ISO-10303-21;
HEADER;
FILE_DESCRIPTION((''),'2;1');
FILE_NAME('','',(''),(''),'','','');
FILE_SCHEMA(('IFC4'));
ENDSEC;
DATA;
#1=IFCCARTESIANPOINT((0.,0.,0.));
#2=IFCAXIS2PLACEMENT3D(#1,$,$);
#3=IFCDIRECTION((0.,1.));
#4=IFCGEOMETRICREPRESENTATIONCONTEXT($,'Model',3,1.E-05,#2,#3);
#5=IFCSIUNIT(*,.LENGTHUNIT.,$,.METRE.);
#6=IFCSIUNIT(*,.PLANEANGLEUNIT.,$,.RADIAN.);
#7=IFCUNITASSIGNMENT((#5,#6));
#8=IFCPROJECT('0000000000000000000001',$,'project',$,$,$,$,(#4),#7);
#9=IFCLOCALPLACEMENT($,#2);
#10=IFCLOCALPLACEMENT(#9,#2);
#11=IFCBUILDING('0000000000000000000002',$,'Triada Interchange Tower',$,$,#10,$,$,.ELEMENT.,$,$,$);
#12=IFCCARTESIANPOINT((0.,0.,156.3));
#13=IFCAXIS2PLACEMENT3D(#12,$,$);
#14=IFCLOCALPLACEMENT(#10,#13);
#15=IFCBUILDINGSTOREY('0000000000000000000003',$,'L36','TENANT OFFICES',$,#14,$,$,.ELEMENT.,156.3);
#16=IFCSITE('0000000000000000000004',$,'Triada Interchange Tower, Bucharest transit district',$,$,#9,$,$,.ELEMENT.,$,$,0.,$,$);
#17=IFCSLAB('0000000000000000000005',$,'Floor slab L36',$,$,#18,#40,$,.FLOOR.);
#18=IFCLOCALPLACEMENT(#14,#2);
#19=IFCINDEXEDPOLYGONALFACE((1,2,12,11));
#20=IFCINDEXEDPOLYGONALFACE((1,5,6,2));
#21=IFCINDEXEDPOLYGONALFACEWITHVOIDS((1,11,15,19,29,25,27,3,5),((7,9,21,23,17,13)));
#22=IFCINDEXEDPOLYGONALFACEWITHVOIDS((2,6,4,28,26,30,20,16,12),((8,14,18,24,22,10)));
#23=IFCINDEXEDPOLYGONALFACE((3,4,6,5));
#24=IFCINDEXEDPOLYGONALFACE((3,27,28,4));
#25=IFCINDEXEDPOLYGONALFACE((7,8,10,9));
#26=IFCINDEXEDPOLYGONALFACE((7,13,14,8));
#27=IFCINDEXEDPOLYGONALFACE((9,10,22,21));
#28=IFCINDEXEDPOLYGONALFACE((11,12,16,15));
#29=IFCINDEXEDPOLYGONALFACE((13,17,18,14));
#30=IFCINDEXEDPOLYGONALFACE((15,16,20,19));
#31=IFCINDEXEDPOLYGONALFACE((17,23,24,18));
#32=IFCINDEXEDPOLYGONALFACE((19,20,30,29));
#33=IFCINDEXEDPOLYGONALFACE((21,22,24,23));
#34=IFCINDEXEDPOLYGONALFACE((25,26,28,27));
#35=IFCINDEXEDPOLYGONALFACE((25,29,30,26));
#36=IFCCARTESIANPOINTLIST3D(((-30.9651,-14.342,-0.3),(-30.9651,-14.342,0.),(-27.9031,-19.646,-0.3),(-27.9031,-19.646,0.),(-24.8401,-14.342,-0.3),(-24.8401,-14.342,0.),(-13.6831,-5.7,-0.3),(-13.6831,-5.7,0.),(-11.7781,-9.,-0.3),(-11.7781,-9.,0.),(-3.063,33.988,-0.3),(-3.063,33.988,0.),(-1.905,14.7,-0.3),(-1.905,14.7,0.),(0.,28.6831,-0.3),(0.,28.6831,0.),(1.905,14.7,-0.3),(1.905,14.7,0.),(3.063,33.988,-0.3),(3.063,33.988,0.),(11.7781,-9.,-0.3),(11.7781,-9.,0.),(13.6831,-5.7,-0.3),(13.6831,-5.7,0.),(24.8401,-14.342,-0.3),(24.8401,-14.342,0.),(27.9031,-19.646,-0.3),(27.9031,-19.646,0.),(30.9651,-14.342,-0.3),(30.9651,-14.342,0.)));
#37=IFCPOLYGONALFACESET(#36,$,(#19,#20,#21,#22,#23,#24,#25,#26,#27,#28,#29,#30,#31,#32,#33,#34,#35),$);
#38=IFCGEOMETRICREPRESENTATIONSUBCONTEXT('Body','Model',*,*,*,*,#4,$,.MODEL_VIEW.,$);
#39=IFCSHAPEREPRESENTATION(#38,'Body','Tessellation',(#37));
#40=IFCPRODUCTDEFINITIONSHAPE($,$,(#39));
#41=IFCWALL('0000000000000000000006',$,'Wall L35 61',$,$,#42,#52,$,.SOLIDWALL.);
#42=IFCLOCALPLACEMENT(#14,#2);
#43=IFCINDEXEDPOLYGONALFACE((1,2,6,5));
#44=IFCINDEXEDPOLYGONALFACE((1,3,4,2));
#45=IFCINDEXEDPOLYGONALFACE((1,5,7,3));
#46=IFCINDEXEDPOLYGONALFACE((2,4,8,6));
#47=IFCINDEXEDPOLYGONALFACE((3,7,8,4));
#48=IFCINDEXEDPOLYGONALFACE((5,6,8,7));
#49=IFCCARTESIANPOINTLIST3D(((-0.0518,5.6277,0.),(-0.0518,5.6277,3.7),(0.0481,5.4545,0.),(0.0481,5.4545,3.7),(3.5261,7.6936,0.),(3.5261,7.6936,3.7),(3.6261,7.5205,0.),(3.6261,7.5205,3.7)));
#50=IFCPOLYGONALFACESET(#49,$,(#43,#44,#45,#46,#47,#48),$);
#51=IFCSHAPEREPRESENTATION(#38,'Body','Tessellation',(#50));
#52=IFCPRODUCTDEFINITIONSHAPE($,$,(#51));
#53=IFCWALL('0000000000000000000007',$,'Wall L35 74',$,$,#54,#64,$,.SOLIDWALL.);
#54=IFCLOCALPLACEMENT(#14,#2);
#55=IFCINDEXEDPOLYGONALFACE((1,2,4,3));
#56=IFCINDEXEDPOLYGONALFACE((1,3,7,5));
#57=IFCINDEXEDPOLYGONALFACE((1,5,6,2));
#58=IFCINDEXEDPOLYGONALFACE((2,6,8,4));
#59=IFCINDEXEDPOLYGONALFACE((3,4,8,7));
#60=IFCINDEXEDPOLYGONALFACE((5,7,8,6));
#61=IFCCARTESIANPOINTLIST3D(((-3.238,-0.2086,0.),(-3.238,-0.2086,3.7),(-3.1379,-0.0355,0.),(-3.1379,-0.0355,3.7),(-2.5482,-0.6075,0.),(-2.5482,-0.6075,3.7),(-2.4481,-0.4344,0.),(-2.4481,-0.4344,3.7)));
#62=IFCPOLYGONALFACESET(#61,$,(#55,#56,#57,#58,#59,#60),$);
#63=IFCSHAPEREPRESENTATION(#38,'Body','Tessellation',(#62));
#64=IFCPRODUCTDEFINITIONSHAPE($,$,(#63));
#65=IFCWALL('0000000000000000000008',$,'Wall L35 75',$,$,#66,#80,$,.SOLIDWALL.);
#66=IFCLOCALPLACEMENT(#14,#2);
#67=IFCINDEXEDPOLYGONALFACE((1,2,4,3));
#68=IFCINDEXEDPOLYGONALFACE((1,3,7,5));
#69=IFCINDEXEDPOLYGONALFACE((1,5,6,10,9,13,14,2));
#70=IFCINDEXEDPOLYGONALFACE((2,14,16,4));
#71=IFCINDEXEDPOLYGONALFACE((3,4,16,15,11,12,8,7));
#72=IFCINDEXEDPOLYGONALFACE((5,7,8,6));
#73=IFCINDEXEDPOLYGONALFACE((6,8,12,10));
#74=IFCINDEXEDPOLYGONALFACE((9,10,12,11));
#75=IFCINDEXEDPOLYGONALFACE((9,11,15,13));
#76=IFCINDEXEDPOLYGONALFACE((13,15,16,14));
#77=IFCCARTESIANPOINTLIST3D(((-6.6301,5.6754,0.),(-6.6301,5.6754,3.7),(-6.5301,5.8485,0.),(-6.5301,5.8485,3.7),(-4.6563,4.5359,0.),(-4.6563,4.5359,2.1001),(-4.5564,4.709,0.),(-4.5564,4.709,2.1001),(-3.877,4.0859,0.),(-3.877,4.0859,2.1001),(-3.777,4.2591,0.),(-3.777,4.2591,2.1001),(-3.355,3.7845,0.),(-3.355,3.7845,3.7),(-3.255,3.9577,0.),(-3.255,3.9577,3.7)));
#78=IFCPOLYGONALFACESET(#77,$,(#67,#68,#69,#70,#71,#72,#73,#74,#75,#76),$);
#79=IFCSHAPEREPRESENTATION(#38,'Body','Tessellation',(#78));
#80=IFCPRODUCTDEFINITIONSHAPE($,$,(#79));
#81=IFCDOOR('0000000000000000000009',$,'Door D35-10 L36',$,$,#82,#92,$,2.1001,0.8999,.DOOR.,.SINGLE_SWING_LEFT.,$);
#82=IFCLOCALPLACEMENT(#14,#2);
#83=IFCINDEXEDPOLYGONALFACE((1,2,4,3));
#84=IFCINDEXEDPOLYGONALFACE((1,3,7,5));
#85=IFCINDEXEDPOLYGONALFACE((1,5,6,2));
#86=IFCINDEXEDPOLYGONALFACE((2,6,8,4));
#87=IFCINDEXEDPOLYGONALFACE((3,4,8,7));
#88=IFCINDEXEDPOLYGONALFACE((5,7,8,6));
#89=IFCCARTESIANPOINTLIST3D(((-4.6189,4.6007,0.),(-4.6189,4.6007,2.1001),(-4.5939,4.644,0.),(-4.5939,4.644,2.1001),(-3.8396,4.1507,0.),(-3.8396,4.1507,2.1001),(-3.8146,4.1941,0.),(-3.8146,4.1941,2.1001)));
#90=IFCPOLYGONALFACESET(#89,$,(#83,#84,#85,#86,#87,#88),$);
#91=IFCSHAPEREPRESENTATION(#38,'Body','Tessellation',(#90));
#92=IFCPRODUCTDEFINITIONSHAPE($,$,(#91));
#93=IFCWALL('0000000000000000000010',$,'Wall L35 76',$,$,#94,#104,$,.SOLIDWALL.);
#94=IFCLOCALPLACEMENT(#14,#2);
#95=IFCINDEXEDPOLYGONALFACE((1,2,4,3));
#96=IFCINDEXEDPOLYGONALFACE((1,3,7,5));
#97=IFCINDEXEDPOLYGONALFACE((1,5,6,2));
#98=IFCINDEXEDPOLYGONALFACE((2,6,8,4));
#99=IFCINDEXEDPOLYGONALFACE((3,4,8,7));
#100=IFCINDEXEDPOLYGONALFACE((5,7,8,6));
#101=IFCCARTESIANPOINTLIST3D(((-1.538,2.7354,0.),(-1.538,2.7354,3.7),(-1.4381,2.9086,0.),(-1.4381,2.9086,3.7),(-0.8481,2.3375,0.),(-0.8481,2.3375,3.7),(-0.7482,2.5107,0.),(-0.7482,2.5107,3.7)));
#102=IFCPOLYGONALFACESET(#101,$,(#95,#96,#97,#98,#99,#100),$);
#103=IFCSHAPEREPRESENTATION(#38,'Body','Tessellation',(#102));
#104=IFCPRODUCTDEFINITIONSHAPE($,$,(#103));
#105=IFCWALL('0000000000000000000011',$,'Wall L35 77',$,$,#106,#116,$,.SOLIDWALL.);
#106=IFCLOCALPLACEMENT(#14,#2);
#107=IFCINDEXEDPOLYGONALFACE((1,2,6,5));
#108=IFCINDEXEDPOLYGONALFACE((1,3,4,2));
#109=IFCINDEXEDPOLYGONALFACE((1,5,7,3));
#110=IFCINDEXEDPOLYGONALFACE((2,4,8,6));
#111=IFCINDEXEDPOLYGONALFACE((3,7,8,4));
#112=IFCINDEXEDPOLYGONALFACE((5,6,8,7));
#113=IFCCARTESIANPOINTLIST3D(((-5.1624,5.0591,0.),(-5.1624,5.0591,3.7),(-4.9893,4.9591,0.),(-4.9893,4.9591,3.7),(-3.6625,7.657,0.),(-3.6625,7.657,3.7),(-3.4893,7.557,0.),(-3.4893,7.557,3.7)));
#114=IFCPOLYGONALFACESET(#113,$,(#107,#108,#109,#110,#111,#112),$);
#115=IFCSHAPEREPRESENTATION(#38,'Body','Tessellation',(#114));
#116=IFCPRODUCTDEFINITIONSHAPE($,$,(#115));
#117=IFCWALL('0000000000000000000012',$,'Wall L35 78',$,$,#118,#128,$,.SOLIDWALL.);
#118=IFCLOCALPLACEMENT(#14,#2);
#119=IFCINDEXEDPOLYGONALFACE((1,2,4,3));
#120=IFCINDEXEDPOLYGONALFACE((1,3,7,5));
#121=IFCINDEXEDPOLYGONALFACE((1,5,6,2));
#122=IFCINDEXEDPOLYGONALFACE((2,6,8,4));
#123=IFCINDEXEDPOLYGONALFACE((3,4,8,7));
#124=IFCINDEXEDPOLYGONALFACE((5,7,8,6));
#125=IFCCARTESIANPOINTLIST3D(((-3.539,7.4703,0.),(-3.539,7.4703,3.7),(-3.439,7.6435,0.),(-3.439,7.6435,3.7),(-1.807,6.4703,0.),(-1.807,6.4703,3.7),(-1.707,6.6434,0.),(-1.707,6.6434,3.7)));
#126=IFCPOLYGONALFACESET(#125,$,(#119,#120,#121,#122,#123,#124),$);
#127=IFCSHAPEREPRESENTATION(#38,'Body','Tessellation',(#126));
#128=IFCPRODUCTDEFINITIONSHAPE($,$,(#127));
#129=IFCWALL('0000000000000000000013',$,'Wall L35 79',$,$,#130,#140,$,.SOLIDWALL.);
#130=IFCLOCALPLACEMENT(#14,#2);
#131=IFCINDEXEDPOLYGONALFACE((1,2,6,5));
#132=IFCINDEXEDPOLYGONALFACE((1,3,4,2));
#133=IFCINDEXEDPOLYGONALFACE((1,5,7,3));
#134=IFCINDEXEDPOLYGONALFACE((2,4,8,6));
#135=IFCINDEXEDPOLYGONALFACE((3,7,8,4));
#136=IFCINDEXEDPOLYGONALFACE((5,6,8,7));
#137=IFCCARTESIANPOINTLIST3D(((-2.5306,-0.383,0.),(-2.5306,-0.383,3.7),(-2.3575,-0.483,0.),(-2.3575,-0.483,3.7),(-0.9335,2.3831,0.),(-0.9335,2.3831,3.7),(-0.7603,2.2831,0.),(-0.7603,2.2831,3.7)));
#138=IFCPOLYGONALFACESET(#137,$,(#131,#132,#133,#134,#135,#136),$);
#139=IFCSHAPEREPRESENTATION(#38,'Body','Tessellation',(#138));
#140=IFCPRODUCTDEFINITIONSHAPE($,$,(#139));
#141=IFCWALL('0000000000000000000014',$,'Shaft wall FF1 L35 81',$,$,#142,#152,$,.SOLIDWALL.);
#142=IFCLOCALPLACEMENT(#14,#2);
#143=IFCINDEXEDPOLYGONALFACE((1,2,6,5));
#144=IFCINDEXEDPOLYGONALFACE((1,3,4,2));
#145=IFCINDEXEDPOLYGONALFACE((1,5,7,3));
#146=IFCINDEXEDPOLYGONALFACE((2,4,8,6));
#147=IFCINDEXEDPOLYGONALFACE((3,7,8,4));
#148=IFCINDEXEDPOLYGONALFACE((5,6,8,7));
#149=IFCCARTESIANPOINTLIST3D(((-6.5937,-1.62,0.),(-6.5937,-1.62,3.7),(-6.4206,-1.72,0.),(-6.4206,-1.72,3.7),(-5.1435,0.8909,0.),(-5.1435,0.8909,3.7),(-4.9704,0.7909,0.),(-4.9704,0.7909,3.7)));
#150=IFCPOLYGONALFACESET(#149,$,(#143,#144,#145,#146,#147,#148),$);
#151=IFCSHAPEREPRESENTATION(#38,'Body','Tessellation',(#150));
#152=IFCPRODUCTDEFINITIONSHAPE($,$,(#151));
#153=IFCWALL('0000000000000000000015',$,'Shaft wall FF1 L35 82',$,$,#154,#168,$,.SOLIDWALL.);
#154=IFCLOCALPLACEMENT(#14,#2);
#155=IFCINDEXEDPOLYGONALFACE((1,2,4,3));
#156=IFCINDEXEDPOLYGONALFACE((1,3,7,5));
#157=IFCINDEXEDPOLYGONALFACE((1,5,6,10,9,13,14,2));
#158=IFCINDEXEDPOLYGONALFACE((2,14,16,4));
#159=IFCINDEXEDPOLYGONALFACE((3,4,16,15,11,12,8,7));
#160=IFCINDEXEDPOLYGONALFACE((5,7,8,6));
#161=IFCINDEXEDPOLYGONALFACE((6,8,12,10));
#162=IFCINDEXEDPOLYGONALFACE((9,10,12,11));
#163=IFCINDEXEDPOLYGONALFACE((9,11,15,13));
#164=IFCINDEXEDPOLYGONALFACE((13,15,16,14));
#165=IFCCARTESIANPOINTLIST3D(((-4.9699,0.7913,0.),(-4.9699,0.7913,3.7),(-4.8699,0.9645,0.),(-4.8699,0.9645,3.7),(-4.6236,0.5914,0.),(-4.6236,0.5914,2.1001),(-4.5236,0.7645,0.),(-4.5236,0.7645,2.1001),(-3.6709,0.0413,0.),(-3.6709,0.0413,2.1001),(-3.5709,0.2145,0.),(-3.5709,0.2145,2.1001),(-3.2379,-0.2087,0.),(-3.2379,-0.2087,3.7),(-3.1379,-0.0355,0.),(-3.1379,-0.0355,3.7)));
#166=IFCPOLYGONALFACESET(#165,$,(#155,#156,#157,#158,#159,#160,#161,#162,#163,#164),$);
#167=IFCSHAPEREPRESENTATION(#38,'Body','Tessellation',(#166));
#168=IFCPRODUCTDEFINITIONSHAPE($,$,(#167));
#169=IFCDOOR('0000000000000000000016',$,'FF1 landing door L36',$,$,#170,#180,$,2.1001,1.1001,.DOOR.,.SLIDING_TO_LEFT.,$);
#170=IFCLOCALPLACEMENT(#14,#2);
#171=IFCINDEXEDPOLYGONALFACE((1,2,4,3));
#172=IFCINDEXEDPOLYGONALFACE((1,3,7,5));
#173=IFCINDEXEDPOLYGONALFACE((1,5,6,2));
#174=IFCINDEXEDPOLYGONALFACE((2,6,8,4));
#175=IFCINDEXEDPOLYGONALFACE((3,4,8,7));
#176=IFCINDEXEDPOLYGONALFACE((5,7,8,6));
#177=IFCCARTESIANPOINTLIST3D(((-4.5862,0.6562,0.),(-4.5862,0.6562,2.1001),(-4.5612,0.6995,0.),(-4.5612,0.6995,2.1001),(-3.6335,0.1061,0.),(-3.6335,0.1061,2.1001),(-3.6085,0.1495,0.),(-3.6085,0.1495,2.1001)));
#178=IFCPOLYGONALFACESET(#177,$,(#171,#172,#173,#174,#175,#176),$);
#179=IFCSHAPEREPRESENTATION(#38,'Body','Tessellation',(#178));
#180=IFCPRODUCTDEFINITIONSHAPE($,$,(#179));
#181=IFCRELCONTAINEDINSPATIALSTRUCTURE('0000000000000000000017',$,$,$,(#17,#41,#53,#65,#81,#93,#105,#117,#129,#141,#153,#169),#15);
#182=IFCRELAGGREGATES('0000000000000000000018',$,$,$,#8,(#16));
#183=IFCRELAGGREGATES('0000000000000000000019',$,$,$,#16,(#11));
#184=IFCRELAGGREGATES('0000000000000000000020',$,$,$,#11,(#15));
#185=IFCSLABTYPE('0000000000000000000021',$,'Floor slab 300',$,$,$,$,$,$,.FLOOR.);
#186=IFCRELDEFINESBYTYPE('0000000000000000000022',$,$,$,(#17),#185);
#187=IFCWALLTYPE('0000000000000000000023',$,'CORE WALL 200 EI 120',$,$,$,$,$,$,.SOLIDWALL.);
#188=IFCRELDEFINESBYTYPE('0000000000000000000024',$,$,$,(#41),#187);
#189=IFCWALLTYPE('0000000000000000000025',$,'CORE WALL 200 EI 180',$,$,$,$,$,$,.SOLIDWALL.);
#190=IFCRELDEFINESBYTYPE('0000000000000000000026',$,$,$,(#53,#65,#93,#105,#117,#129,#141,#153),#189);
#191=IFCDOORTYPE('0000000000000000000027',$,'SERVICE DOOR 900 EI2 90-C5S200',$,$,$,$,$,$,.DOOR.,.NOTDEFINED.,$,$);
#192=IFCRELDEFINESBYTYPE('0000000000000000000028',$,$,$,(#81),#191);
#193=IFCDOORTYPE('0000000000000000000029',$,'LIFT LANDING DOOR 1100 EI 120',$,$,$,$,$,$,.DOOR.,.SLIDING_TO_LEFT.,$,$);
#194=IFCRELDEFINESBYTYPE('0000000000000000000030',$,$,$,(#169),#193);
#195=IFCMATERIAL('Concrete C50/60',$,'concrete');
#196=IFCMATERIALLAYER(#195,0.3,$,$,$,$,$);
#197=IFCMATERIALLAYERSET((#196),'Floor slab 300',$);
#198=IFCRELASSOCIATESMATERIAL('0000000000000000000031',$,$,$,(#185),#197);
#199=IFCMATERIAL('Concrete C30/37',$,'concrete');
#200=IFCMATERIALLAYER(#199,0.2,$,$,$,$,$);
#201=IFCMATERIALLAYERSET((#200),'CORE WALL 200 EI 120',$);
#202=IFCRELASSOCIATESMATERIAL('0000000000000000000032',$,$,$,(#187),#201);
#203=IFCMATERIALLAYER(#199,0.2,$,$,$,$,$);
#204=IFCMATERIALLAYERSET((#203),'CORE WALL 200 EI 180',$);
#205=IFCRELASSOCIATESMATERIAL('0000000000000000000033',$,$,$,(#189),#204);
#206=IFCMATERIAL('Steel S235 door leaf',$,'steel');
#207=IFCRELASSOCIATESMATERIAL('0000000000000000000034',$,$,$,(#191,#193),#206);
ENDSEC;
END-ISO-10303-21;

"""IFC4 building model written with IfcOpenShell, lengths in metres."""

from ifc_helpers import new_model, si_unit, direction, frame, frame_2d, origin, place, context, subcontext, project, spatial, polyline, rectangle, outline, extrude, material, layer, layer_set, type_object, element, fill, save


model = new_model("IFC4")

# Units and contexts
model_context = context("Model", 3, precision=1e-05, world=origin(), true_north=direction((0.0, 1.0)))
body_context = subcontext(model_context, "Body", "Model", "MODEL_VIEW")
ifc_project = project(units=[si_unit("LENGTHUNIT", "METRE"), si_unit("PLANEANGLEUNIT", "RADIAN")], contexts=[model_context])

# Site, building, storey
site_placement = place(None, origin())
site = spatial("IfcSite", under=ifc_project, at=site_placement, Name="Triada Interchange Tower, Bucharest transit district", CompositionType="ELEMENT", RefElevation=0.0)
building_placement = place(site_placement, origin())
building = spatial("IfcBuilding", under=site, at=building_placement, Name="Triada Interchange Tower", CompositionType="ELEMENT")
storey_placement = place(building_placement, frame((0.0, 0.0, 156.3)))
storey = spatial("IfcBuildingStorey", under=building, at=storey_placement, Name="L36", Description="TENANT OFFICES", CompositionType="ELEMENT", Elevation=156.3)

# Slab
ifc_material_1 = material(Name="Concrete C50/60", Category="concrete")
ifc_layer_1 = layer(ifc_material_1, 0.3)
ifc_layer_set_1 = layer_set([ifc_layer_1], Name="Floor slab 300")
slab_type = type_object("IfcSlabType", Name="Floor slab 300", PredefinedType="FLOOR", material=ifc_layer_set_1)
slab_placement = place(storey_placement, frame((0.0, 0.0, -0.3)))
element("IfcSlab", 1, at=slab_placement, inside=storey, type_object=slab_type, Name="Floor slab L36", PredefinedType="FLOOR", context=body_context, shape_type="SweptSolid", body=[
    extrude(outline(polyline([(-3.063, 33.988), (-30.9651, -14.342), (-24.8401, -14.342), (-27.9031, -19.646), (27.9031, -19.646), (24.8401, -14.342), (30.9651, -14.342), (3.063, 33.988), (0.0, 28.6831), (-3.063, 33.988)]), holes=[polyline([(1.905, 14.7), (-1.905, 14.7), (-13.6831, -5.7), (-11.7781, -9.0), (11.7781, -9.0), (13.6831, -5.7), (1.905, 14.7)])]), origin(), (0.0, 0.0, 1.0), 0.3),
])

# Walls
ifc_material_2 = material(Name="Concrete C30/37", Category="concrete")
ifc_layer_2 = layer(ifc_material_2, 0.2)
ifc_layer_set_2 = layer_set([ifc_layer_2], Name="CORE WALL 200 EI 120")
wall_type_1 = type_object("IfcWallType", Name="CORE WALL 200 EI 120", PredefinedType="SOLIDWALL", material=ifc_layer_set_2)
wall_1_placement = place(storey_placement, frame((-0.002, 5.541, 0.0), z_axis=(0.0, 0.0, 1.0), x_axis=(0.866002, 0.500041, 0.0)))
element("IfcWall", 2, at=wall_1_placement, inside=storey, type_object=wall_type_1, Name="Wall L35 61", PredefinedType="SOLIDWALL", context=body_context, shape_type="SweptSolid", body=[
    extrude(rectangle(XDim=4.1316, YDim=0.2, at=frame_2d((2.0659, 0.0))), origin(), (0.0, 0.0, 1.0), 3.7),
])
ifc_layer_3 = layer(ifc_material_2, 0.2)
ifc_layer_set_3 = layer_set([ifc_layer_3], Name="CORE WALL 200 EI 180")
wall_type_2 = type_object("IfcWallType", Name="CORE WALL 200 EI 180", PredefinedType="SOLIDWALL", material=ifc_layer_set_3)
wall_2_placement = place(storey_placement, frame((-3.188, -0.1221, 0.0), z_axis=(0.0, 0.0, 1.0), x_axis=(0.865706, -0.500553, 0.0)))
element("IfcWall", 3, at=wall_2_placement, inside=storey, type_object=wall_type_2, Name="Wall L35 74", PredefinedType="SOLIDWALL", context=body_context, shape_type="SweptSolid", body=[
    extrude(rectangle(XDim=0.7969, YDim=0.2, at=frame_2d((0.3984, 0.0))), origin(), (0.0, 0.0, 1.0), 3.7),
])

# Wall, opening, door
wall_3_placement = place(storey_placement, frame((-6.5801, 5.762, 0.0), z_axis=(0.0, 0.0, 1.0), x_axis=(0.86603, -0.499993, 0.0)))
wall_3 = element("IfcWall", 4, at=wall_3_placement, inside=storey, type_object=wall_type_2, Name="Wall L35 75", PredefinedType="SOLIDWALL", context=body_context, shape_type="SweptSolid", body=[
    extrude(rectangle(XDim=3.7817, YDim=0.2, at=frame_2d((1.8909, 0.0))), origin(), (0.0, 0.0, 1.0), 3.7),
])
opening_1_placement = place(wall_3_placement, frame((2.2791, 0.0, 0.0)))
opening_1 = element("IfcOpeningElement", 5, at=opening_1_placement, cuts=wall_3, PredefinedType="OPENING", context=body_context, shape_type="SweptSolid", body=[
    extrude(rectangle(XDim=0.8999, YDim=2.1001, at=frame_2d((0.45, 1.05))), frame((0.0, 0.1099, 0.0), z_axis=(0.0, -1.0, 0.0), x_axis=(1.0, 0.0, 0.0)), (0.0, 0.0, 1.0), 0.22),
])
ifc_material_3 = material(Name="Steel S235 door leaf", Category="steel")
door_type_1 = type_object("IfcDoorType", Name="SERVICE DOOR 900 EI2 90-C5S200", OperationType="NOTDEFINED", PredefinedType="DOOR", material=ifc_material_3)
door_1_placement = place(opening_1_placement, origin())
door_1 = element("IfcDoor", 6, at=door_1_placement, inside=storey, type_object=door_type_1, Name="Door D35-10 L36", OperationType="SINGLE_SWING_LEFT", OverallHeight=2.1001, OverallWidth=0.8999, PredefinedType="DOOR", context=body_context, shape_type="SweptSolid", body=[
    extrude(rectangle(XDim=0.8999, YDim=2.1001, at=frame_2d((0.45, 1.05))), frame((0.0, 0.0249, 0.0), z_axis=(0.0, -1.0, 0.0), x_axis=(1.0, 0.0, 0.0)), (0.0, 0.0, 1.0), 0.05),
])
fill(opening_1, door_1)

# Walls
wall_4_placement = place(storey_placement, frame((-1.488, 2.822, 0.0), z_axis=(0.0, 0.0, 1.0), x_axis=(0.866237, -0.499634, 0.0)))
element("IfcWall", 7, at=wall_4_placement, inside=storey, type_object=wall_type_2, Name="Wall L35 76", PredefinedType="SOLIDWALL", context=body_context, shape_type="SweptSolid", body=[
    extrude(rectangle(XDim=0.7964, YDim=0.2, at=frame_2d((0.3982, 0.0))), origin(), (0.0, 0.0, 1.0), 3.7),
])
wall_5_placement = place(storey_placement, frame((-5.0759, 5.009, 0.0), z_axis=(0.0, 0.0, 1.0), x_axis=(0.500025, 0.866011, 0.0)))
element("IfcWall", 8, at=wall_5_placement, inside=storey, type_object=wall_type_2, Name="Wall L35 77", PredefinedType="SOLIDWALL", context=body_context, shape_type="SweptSolid", body=[
    extrude(rectangle(XDim=2.9998, YDim=0.2, at=frame_2d((1.5, 0.0))), origin(), (0.0, 0.0, 1.0), 3.7),
])
wall_6_placement = place(storey_placement, frame((-3.489, 7.5569, 0.0), z_axis=(0.0, 0.0, 1.0), x_axis=(0.866011, -0.500025, 0.0)))
element("IfcWall", 9, at=wall_6_placement, inside=storey, type_object=wall_type_2, Name="Wall L35 78", PredefinedType="SOLIDWALL", context=body_context, shape_type="SweptSolid", body=[
    extrude(rectangle(XDim=2.0, YDim=0.2, at=frame_2d((1.0, 0.0))), origin(), (0.0, 0.0, 1.0), 3.7),
])
wall_7_placement = place(storey_placement, frame((-2.4441, -0.4331, 0.0), z_axis=(0.0, 0.0, 1.0), x_axis=(0.500036, 0.866005, 0.0)))
element("IfcWall", 10, at=wall_7_placement, inside=storey, type_object=wall_type_2, Name="Wall L35 79", PredefinedType="SOLIDWALL", context=body_context, shape_type="SweptSolid", body=[
    extrude(rectangle(XDim=3.1941, YDim=0.2, at=frame_2d((1.5972, 0.0))), origin(), (0.0, 0.0, 1.0), 3.7),
])
wall_8_placement = place(storey_placement, frame((-6.5071, -1.6699, 0.0), z_axis=(0.0, 0.0, 1.0), x_axis=(0.500123, 0.865954, 0.0)))
element("IfcWall", 11, at=wall_8_placement, inside=storey, type_object=wall_type_2, Name="Shaft wall FF1 L35 81", PredefinedType="SOLIDWALL", context=body_context, shape_type="SweptSolid", body=[
    extrude(rectangle(XDim=2.8997, YDim=0.2, at=frame_2d((1.4497, 0.0))), origin(), (0.0, 0.0, 1.0), 3.7),
])

# Wall, opening, door
wall_9_placement = place(storey_placement, frame((-4.9199, 0.8779, 0.0), z_axis=(0.0, 0.0, 1.0), x_axis=(0.866011, -0.500025, 0.0)))
wall_9 = element("IfcWall", 12, at=wall_9_placement, inside=storey, type_object=wall_type_2, Name="Shaft wall FF1 L35 82", PredefinedType="SOLIDWALL", context=body_context, shape_type="SweptSolid", body=[
    extrude(rectangle(XDim=2.0, YDim=0.2, at=frame_2d((1.0, 0.0))), origin(), (0.0, 0.0, 1.0), 3.7),
])
opening_2_placement = place(wall_9_placement, frame((0.3999, 0.0, 0.0)))
opening_2 = element("IfcOpeningElement", 13, at=opening_2_placement, cuts=wall_9, PredefinedType="OPENING", context=body_context, shape_type="SweptSolid", body=[
    extrude(rectangle(XDim=1.1001, YDim=2.1001, at=frame_2d((0.55, 1.05))), frame((0.0, 0.1099, 0.0), z_axis=(0.0, -1.0, 0.0), x_axis=(1.0, 0.0, 0.0)), (0.0, 0.0, 1.0), 0.22),
])
door_type_2 = type_object("IfcDoorType", Name="LIFT LANDING DOOR 1100 EI 120", OperationType="SLIDING_TO_LEFT", PredefinedType="DOOR", material=ifc_material_3)
door_2_placement = place(opening_2_placement, origin())
door_2 = element("IfcDoor", 14, at=door_2_placement, inside=storey, type_object=door_type_2, Name="FF1 landing door L36", OperationType="SLIDING_TO_LEFT", OverallHeight=2.1001, OverallWidth=1.1001, PredefinedType="DOOR", context=body_context, shape_type="SweptSolid", body=[
    extrude(rectangle(XDim=1.1001, YDim=2.1001, at=frame_2d((0.55, 1.05))), frame((0.0, 0.0249, 0.0), z_axis=(0.0, -1.0, 0.0), x_axis=(1.0, 0.0, 0.0)), (0.0, 0.0, 1.0), 0.05),
])
fill(opening_2, door_2)

save(model, "model.ifc")
